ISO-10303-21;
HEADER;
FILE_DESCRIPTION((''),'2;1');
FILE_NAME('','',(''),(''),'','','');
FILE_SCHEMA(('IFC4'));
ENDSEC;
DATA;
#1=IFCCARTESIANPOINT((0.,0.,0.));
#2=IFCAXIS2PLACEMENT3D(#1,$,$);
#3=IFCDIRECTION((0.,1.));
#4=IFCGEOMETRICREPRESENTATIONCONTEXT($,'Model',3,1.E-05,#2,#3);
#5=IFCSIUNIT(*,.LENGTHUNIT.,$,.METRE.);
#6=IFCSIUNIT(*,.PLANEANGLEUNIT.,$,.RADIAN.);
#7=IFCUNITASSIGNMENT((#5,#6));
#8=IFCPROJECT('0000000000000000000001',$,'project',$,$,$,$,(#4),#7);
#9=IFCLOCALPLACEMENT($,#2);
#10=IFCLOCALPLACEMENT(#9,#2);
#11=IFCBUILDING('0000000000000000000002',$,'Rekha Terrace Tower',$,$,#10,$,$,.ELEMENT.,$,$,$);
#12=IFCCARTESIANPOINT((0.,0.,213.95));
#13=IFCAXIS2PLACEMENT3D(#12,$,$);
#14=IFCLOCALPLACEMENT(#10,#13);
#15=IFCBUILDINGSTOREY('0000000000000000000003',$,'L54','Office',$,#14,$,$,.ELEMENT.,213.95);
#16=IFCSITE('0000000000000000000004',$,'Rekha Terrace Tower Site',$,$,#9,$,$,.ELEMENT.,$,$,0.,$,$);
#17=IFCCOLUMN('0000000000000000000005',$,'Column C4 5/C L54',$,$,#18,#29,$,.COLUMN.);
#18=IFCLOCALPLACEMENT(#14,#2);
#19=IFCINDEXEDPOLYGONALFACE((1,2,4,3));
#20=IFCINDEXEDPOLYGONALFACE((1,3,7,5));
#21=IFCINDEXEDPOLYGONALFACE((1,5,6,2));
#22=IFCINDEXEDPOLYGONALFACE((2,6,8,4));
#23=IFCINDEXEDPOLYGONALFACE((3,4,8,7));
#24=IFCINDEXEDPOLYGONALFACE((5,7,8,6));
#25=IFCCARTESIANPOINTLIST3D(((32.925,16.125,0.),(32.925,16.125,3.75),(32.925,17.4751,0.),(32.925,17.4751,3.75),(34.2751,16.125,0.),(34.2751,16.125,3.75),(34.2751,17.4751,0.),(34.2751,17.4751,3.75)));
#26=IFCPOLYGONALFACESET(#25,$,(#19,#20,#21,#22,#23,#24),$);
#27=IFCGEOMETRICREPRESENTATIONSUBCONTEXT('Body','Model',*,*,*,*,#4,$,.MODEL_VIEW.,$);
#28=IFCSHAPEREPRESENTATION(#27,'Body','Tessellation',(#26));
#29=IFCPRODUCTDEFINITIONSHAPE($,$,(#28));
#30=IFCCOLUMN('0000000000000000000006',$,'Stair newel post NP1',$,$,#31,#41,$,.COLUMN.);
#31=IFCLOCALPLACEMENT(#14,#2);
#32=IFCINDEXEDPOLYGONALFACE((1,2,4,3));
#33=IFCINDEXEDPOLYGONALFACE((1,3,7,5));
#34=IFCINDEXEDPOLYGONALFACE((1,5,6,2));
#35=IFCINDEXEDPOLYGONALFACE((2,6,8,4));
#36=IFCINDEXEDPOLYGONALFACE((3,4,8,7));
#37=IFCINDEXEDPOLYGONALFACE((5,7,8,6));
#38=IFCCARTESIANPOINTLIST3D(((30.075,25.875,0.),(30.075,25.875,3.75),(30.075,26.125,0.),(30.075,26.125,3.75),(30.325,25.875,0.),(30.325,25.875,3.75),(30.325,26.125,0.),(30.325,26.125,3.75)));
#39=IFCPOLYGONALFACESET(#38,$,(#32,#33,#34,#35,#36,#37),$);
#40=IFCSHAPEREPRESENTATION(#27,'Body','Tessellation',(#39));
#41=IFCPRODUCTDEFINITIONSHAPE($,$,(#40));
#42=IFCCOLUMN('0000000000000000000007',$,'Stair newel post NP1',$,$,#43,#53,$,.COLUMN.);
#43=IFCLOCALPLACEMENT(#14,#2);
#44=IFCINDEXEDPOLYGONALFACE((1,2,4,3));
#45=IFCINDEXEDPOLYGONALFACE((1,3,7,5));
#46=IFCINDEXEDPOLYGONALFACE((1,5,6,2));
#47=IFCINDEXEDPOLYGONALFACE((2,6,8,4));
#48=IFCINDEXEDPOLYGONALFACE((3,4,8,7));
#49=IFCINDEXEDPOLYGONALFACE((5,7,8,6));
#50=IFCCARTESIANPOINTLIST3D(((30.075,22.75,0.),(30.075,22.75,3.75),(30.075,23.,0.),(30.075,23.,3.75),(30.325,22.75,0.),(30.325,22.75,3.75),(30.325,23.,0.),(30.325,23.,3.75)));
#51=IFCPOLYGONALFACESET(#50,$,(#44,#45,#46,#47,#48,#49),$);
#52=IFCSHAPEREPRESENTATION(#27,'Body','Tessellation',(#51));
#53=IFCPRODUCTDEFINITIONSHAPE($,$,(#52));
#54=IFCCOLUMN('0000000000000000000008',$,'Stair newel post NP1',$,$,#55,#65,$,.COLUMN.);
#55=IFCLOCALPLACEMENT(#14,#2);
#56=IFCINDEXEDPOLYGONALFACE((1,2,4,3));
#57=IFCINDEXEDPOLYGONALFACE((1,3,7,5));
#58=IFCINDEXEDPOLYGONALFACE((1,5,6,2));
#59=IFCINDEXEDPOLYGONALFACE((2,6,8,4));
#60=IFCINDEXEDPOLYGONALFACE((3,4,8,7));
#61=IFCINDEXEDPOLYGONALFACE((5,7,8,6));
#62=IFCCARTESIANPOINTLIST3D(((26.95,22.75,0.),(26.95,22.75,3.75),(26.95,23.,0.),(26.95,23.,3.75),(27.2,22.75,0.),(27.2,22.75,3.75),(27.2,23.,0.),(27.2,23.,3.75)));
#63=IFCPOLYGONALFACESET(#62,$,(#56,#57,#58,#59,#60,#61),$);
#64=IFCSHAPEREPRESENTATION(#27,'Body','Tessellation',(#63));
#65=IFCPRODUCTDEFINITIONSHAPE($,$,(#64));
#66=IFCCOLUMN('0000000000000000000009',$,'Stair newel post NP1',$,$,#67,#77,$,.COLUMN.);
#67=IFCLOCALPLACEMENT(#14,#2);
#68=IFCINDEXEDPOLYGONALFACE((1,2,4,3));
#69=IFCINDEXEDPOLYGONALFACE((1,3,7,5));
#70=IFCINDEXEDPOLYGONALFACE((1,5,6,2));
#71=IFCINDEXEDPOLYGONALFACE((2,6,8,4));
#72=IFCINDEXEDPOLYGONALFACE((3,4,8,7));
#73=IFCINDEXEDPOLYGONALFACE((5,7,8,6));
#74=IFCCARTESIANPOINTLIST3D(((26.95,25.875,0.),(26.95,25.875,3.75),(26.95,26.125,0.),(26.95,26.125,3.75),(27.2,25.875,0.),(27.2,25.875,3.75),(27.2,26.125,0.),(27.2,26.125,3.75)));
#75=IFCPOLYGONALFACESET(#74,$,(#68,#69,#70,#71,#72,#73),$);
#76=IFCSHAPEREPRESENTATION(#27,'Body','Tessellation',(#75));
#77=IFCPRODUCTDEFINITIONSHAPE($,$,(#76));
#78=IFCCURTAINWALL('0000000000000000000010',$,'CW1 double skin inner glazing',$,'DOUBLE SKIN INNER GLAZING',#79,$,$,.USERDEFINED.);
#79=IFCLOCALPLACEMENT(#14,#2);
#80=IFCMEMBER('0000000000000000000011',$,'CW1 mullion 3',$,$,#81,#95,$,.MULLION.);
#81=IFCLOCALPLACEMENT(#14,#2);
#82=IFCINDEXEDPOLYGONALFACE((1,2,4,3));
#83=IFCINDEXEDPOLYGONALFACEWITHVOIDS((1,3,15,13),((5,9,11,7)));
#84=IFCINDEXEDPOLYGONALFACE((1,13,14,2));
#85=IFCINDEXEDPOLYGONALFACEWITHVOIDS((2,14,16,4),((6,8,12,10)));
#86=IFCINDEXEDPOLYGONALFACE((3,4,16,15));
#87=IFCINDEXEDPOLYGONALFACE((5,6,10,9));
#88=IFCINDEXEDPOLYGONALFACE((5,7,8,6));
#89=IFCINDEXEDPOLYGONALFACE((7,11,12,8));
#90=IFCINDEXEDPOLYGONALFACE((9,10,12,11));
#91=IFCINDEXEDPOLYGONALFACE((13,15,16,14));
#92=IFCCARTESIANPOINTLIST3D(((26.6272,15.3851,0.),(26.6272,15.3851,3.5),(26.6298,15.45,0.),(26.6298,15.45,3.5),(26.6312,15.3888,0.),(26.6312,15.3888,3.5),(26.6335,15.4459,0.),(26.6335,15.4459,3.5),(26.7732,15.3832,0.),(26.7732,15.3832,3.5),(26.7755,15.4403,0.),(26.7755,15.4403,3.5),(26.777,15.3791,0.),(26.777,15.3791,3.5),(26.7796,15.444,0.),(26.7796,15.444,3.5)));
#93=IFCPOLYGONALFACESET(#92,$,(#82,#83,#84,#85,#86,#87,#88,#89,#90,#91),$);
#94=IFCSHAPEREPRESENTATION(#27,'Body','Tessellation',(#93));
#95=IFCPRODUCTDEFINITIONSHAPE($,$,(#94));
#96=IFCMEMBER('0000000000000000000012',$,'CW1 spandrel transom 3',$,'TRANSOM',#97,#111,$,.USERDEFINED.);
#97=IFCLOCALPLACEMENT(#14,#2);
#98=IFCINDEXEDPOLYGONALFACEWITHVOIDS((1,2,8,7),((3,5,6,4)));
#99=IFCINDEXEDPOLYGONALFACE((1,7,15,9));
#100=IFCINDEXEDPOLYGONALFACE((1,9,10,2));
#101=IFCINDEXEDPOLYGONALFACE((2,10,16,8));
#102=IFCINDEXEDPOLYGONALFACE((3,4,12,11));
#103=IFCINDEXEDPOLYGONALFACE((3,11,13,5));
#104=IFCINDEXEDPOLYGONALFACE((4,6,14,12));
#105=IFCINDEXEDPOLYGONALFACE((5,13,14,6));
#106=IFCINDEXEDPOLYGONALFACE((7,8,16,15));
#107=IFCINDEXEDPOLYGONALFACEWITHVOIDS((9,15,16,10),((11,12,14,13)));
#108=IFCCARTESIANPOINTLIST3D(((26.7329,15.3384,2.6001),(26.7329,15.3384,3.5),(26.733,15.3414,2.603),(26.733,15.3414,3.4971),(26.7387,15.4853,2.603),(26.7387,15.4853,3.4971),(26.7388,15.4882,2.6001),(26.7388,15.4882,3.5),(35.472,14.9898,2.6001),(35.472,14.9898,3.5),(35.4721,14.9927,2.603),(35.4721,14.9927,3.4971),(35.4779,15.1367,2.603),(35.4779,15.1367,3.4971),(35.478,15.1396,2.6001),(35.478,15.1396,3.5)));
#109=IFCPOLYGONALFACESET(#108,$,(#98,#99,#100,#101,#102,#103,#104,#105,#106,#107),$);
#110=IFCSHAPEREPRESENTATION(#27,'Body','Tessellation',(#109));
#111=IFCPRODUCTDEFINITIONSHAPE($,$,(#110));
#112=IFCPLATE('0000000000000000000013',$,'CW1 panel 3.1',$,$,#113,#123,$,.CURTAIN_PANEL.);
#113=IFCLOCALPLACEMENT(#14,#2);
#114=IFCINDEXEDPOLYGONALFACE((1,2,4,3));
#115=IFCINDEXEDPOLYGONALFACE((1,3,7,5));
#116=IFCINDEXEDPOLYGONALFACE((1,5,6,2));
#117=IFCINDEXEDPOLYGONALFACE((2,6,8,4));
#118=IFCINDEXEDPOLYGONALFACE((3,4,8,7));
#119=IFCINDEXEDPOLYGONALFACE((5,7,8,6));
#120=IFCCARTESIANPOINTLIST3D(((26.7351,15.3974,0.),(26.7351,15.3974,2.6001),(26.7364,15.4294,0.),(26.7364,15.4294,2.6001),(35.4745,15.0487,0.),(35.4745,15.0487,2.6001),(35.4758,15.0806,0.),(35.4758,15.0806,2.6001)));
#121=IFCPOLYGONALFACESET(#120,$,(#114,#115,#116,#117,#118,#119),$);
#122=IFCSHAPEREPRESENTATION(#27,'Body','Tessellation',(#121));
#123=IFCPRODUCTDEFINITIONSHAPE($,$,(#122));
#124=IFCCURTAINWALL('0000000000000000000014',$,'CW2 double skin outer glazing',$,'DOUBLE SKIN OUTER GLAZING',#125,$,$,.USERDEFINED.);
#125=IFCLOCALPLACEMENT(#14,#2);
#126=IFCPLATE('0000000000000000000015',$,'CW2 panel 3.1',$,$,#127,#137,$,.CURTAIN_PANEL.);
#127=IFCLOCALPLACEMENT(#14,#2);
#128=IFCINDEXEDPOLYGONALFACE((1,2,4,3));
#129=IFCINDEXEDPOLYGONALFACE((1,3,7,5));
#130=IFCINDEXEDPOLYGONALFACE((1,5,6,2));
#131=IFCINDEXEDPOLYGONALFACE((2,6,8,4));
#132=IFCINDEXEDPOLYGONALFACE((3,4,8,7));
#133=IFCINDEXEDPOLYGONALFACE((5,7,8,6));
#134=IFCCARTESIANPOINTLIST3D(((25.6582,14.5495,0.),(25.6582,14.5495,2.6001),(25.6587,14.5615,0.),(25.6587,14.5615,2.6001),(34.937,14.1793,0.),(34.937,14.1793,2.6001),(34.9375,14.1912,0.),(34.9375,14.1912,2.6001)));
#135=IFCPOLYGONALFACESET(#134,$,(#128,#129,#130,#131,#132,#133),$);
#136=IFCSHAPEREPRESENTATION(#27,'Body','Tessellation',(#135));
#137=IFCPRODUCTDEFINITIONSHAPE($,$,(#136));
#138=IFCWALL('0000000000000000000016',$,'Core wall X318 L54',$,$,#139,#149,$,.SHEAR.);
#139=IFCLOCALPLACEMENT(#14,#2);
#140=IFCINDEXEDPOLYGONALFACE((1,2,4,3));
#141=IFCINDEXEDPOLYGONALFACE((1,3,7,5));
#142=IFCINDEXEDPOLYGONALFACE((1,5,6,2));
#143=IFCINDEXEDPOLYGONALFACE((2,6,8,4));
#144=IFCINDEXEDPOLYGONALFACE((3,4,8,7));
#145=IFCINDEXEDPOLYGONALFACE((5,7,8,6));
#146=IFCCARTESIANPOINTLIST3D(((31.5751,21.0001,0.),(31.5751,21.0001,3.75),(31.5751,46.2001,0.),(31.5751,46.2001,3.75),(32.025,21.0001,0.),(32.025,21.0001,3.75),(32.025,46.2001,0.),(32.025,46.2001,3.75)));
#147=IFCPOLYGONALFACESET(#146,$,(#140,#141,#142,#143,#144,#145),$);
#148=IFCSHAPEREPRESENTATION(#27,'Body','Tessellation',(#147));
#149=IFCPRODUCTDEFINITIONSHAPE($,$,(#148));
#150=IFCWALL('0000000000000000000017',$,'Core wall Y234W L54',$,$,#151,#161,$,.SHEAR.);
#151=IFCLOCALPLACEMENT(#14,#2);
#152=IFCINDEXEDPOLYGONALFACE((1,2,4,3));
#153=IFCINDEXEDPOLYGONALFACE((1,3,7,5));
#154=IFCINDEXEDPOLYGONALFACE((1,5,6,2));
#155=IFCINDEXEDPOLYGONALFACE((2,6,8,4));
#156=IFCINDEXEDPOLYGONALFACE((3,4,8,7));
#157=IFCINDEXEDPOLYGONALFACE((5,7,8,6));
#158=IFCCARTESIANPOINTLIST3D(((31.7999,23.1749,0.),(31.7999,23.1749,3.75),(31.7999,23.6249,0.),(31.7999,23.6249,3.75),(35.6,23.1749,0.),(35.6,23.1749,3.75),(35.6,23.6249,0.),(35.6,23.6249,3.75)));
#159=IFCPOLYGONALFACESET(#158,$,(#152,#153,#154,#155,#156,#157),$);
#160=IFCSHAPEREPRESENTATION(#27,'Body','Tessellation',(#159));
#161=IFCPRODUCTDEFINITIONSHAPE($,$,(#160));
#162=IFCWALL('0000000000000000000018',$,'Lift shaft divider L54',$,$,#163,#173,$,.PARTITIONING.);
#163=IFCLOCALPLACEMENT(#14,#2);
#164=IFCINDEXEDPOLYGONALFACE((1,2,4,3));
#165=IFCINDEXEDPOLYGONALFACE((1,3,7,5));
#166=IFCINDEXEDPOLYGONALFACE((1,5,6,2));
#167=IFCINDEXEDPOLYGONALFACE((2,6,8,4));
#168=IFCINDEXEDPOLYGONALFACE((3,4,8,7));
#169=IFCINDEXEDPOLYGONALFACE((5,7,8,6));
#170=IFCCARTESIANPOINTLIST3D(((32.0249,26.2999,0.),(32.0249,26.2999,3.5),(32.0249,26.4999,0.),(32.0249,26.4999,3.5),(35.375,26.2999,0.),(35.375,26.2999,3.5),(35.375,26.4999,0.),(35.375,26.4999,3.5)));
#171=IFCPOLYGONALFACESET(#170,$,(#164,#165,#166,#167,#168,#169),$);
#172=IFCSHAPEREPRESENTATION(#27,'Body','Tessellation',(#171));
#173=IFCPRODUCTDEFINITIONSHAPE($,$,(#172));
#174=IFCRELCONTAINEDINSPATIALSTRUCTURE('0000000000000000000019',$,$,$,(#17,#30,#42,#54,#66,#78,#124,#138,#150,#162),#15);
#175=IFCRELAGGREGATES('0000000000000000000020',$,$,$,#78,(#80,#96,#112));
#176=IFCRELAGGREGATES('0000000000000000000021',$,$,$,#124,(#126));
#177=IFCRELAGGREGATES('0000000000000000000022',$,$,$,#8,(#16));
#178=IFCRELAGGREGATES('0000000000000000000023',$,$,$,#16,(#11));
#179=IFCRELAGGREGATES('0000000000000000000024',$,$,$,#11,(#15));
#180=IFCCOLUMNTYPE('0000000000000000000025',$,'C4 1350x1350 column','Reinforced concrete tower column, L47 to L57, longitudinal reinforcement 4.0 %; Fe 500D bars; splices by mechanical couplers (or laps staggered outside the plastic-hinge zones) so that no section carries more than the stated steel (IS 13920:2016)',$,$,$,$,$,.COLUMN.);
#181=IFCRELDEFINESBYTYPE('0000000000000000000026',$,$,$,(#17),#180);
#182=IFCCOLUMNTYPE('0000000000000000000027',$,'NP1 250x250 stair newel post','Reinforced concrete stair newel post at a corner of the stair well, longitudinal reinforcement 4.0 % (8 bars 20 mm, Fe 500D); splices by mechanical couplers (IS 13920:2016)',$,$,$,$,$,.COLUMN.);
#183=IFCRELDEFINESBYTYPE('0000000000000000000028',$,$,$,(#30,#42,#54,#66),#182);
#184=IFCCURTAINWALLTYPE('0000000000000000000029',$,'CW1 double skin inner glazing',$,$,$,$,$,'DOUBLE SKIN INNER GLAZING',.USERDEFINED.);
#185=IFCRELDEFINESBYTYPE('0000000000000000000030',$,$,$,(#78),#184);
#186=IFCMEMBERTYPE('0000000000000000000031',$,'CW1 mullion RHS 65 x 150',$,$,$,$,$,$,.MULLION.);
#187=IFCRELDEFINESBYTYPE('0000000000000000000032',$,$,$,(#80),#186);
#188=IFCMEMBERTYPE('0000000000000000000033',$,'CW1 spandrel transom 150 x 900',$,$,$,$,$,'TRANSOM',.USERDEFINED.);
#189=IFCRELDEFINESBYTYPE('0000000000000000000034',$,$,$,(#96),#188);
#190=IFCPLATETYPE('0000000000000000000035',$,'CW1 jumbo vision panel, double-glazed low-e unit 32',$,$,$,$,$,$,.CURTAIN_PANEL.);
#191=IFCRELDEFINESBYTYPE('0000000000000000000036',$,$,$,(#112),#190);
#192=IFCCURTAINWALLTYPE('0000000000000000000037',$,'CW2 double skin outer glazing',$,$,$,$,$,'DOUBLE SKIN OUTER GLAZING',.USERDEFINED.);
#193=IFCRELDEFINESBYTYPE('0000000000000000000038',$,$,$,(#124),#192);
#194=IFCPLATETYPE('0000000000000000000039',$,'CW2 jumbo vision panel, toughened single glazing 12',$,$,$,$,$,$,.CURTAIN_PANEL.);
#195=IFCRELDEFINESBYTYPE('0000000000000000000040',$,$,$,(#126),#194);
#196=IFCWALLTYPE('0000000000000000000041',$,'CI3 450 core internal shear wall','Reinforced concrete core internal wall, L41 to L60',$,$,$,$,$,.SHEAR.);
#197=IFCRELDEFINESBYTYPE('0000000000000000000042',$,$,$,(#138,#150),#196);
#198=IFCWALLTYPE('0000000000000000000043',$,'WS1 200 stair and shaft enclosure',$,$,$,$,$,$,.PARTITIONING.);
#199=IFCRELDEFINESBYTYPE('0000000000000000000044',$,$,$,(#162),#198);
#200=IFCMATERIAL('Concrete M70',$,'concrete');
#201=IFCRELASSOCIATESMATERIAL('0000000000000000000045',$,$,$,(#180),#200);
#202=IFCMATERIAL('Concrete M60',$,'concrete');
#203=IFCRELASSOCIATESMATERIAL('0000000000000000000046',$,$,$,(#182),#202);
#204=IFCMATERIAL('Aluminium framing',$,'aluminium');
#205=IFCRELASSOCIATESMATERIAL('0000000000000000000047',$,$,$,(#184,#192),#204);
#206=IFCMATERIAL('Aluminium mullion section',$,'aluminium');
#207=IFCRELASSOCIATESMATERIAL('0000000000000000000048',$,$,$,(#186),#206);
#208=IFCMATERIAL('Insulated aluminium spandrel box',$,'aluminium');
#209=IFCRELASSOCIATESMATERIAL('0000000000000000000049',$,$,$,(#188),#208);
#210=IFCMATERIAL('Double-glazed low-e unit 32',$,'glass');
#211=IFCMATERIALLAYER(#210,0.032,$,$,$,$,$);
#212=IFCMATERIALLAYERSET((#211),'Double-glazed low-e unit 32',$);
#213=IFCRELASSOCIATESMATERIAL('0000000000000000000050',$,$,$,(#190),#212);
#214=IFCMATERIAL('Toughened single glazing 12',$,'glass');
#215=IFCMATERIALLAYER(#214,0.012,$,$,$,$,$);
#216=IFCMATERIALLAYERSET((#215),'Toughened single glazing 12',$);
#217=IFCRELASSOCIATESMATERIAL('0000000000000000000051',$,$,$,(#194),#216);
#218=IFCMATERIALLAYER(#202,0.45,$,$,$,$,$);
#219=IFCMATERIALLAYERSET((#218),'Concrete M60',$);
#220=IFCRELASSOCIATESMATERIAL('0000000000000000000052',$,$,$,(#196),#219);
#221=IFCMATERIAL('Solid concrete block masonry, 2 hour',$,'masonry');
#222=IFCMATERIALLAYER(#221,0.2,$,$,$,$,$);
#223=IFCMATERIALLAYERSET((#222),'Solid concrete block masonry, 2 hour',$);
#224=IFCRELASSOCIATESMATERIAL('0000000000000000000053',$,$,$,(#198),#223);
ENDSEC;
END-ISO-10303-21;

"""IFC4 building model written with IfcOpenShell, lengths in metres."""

from ifc_helpers import new_model, si_unit, direction, frame, frame_2d, origin, origin_2d, place, context, subcontext, project, spatial, rectangle, hollow_rectangle, extrude, material, layer, layer_set, material_profile, profile_set, type_object, element, aggregate, save


model = new_model("IFC4")

# Units and contexts
model_context = context("Model", 3, precision=1e-05, world=origin(), true_north=direction((0.0, 1.0)))
body_context = subcontext(model_context, "Body", "Model", "MODEL_VIEW")
ifc_project = project(units=[si_unit("LENGTHUNIT", "METRE"), si_unit("PLANEANGLEUNIT", "RADIAN")], contexts=[model_context])

# Site, building, storey
site_placement = place(None, origin())
site = spatial("IfcSite", under=ifc_project, at=site_placement, Name="Rekha Terrace Tower Site", CompositionType="ELEMENT", RefElevation=0.0)
building_placement = place(site_placement, origin())
building = spatial("IfcBuilding", under=site, at=building_placement, Name="Rekha Terrace Tower", CompositionType="ELEMENT")
storey_placement = place(building_placement, frame((0.0, 0.0, 213.95)))
storey = spatial("IfcBuildingStorey", under=building, at=storey_placement, Name="L54", Description="Office", CompositionType="ELEMENT", Elevation=213.95)

# Columns
ifc_material_1 = material(Name="Concrete M70", Category="concrete")
ifc_material_profile_1 = material_profile(ifc_material_1, rectangle(XDim=1.3501, YDim=1.3501, at=origin_2d()), Name="RC 1350x1350")
ifc_profile_set_1 = profile_set([ifc_material_profile_1], Name="Concrete M70")
column_type_1 = type_object("IfcColumnType", Name="C4 1350x1350 column", Description="Reinforced concrete tower column, L47 to L57, longitudinal reinforcement 4.0 %; Fe 500D bars; splices by mechanical couplers (or laps staggered outside the plastic-hinge zones) so that no section carries more than the stated steel (IS 13920:2016)", PredefinedType="COLUMN", material=ifc_profile_set_1)
column_placement = place(storey_placement, frame((33.6001, 16.8, 0.0), z_axis=(0.0, 0.0, 1.0), x_axis=(1.0, 0.0, 0.0)))
element("IfcColumn", 1, at=column_placement, inside=storey, type_object=column_type_1, Name="Column C4 5/C L54", PredefinedType="COLUMN", context=body_context, shape_type="SweptSolid", body=[
    extrude(rectangle(XDim=1.3501, YDim=1.3501, at=origin_2d()), origin(), (0.0, 0.0, 1.0), 3.75),
])
ifc_material_2 = material(Name="Concrete M60", Category="concrete")
ifc_material_profile_2 = material_profile(ifc_material_2, rectangle(XDim=0.25, YDim=0.25, at=origin_2d()), Name="RC 250x250")
ifc_profile_set_2 = profile_set([ifc_material_profile_2], Name="Concrete M60")
column_type_2 = type_object("IfcColumnType", Name="NP1 250x250 stair newel post", Description="Reinforced concrete stair newel post at a corner of the stair well, longitudinal reinforcement 4.0 % (8 bars 20 mm, Fe 500D); splices by mechanical couplers (IS 13920:2016)", PredefinedType="COLUMN", material=ifc_profile_set_2)
for number, where, z_axis, x_axis, name in (
    (2, (30.2, 26.0, 0.0), (0.0, 0.0, 1.0), (1.0, 0.0, 0.0), "Stair newel post NP1"),
    (3, (30.2, 22.875, 0.0), (0.0, 0.0, 1.0), (1.0, 0.0, 0.0), "Stair newel post NP1"),
    (4, (27.075, 22.875, 0.0), (0.0, 0.0, 1.0), (1.0, 0.0, 0.0), "Stair newel post NP1"),
    (5, (27.075, 26.0, 0.0), (0.0, 0.0, 1.0), (1.0, 0.0, 0.0), "Stair newel post NP1"),
):
    element("IfcColumn", number, at=place(storey_placement, frame(where, z_axis=z_axis, x_axis=x_axis)), inside=storey, type_object=column_type_2, Name=name, PredefinedType="COLUMN", context=body_context, shape_type="SweptSolid", body=[
        extrude(rectangle(XDim=0.25, YDim=0.25, at=origin_2d()), origin(), (0.0, 0.0, 1.0), 3.75),
    ])

# Curtain wall, members, plate
ifc_material_3 = material(Name="Aluminium framing", Category="aluminium")
curtain_wall_type_1 = type_object("IfcCurtainWallType", Name="CW1 double skin inner glazing", ElementType="DOUBLE SKIN INNER GLAZING", PredefinedType="USERDEFINED", material=ifc_material_3)
curtain_wall_1_placement = place(storey_placement, origin())
curtain_wall_1 = element("IfcCurtainWall", 6, at=curtain_wall_1_placement, inside=storey, type_object=curtain_wall_type_1, Name="CW1 double skin inner glazing", ObjectType="DOUBLE SKIN INNER GLAZING", PredefinedType="USERDEFINED")
ifc_material_4 = material(Name="Aluminium mullion section", Category="aluminium")
ifc_material_profile_3 = material_profile(ifc_material_4, hollow_rectangle(XDim=0.0649, YDim=0.1499, WallThickness=0.0039, at=origin_2d()), Name="AL RHS 65x150")
ifc_profile_set_3 = profile_set([ifc_material_profile_3], Name="Aluminium mullion section")
member_type_1 = type_object("IfcMemberType", Name="CW1 mullion RHS 65 x 150", PredefinedType="MULLION", material=ifc_profile_set_3)
member_1_placement = place(storey_placement, frame((26.7034, 15.4146, 0.0), z_axis=(0.0, 0.0, 1.0), x_axis=(0.039872, 0.999205, 0.0)))
member_1 = element("IfcMember", 7, at=member_1_placement, type_object=member_type_1, Name="CW1 mullion 3", PredefinedType="MULLION", context=body_context, shape_type="SweptSolid", body=[
    extrude(hollow_rectangle(XDim=0.0649, YDim=0.1499, WallThickness=0.0039, at=origin_2d()), origin(), (0.0, 0.0, 1.0), 3.5),
])
ifc_material_5 = material(Name="Insulated aluminium spandrel box", Category="aluminium")
ifc_material_profile_4 = material_profile(ifc_material_5, hollow_rectangle(XDim=0.1499, YDim=0.8999, WallThickness=0.0029, at=origin_2d()), Name="AL SPANDREL BOX 150x900")
ifc_profile_set_4 = profile_set([ifc_material_profile_4], Name="Insulated aluminium spandrel box")
member_type_2 = type_object("IfcMemberType", Name="CW1 spandrel transom 150 x 900", ElementType="TRANSOM", PredefinedType="USERDEFINED", material=ifc_profile_set_4)
member_2_placement = place(storey_placement, frame((26.7358, 15.4133, 3.05), z_axis=(0.999205, -0.039861, 0.0), x_axis=(0.039861, 0.999205, 0.0)))
member_2 = element("IfcMember", 8, at=member_2_placement, type_object=member_type_2, Name="CW1 spandrel transom 3", ObjectType="TRANSOM", PredefinedType="USERDEFINED", context=body_context, shape_type="SweptSolid", body=[
    extrude(hollow_rectangle(XDim=0.1499, YDim=0.8999, WallThickness=0.0029, at=origin_2d()), origin(), (0.0, 0.0, 1.0), 8.7461),
])
ifc_material_6 = material(Name="Double-glazed low-e unit 32", Category="glass")
ifc_layer_1 = layer(ifc_material_6, 0.032)
ifc_layer_set_1 = layer_set([ifc_layer_1], Name="Double-glazed low-e unit 32")
plate_type_1 = type_object("IfcPlateType", Name="CW1 jumbo vision panel, double-glazed low-e unit 32", PredefinedType="CURTAIN_PANEL", material=ifc_layer_set_1)
plate_1_placement = place(storey_placement, frame((31.1055, 15.239, 0.0), z_axis=(0.0, 0.0, 1.0), x_axis=(0.999205, -0.039872, 0.0)))
plate_1 = element("IfcPlate", 9, at=plate_1_placement, type_object=plate_type_1, Name="CW1 panel 3.1", PredefinedType="CURTAIN_PANEL", context=body_context, shape_type="SweptSolid", body=[
    extrude(rectangle(XDim=8.7463, YDim=0.032, at=origin_2d()), origin(), (0.0, 0.0, 1.0), 2.6001),
])
aggregate(curtain_wall_1, [member_1, member_2, plate_1])

# Curtain wall, plate
curtain_wall_type_2 = type_object("IfcCurtainWallType", Name="CW2 double skin outer glazing", ElementType="DOUBLE SKIN OUTER GLAZING", PredefinedType="USERDEFINED", material=ifc_material_3)
curtain_wall_2_placement = place(storey_placement, origin())
curtain_wall_2 = element("IfcCurtainWall", 10, at=curtain_wall_2_placement, inside=storey, type_object=curtain_wall_type_2, Name="CW2 double skin outer glazing", ObjectType="DOUBLE SKIN OUTER GLAZING", PredefinedType="USERDEFINED")
ifc_material_7 = material(Name="Toughened single glazing 12", Category="glass")
ifc_layer_2 = layer(ifc_material_7, 0.012)
ifc_layer_set_2 = layer_set([ifc_layer_2], Name="Toughened single glazing 12")
plate_type_2 = type_object("IfcPlateType", Name="CW2 jumbo vision panel, toughened single glazing 12", PredefinedType="CURTAIN_PANEL", material=ifc_layer_set_2)
plate_2_placement = place(storey_placement, frame((30.2979, 14.3704, 0.0), z_axis=(0.0, 0.0, 1.0), x_axis=(0.999205, -0.039872, 0.0)))
plate_2 = element("IfcPlate", 11, at=plate_2_placement, type_object=plate_type_2, Name="CW2 panel 3.1", PredefinedType="CURTAIN_PANEL", context=body_context, shape_type="SweptSolid", body=[
    extrude(rectangle(XDim=9.2861, YDim=0.012, at=origin_2d()), origin(), (0.0, 0.0, 1.0), 2.6001),
])
aggregate(curtain_wall_2, [plate_2])

# Walls
ifc_layer_3 = layer(ifc_material_2, 0.45)
ifc_layer_set_3 = layer_set([ifc_layer_3], Name="Concrete M60")
wall_type_1 = type_object("IfcWallType", Name="CI3 450 core internal shear wall", Description="Reinforced concrete core internal wall, L41 to L60", PredefinedType="SHEAR", material=ifc_layer_set_3)
wall_1_placement = place(storey_placement, frame((31.8, 21.0, 0.0), z_axis=(0.0, 0.0, 1.0), x_axis=(0.0, 1.0, 0.0)))
element("IfcWall", 12, at=wall_1_placement, inside=storey, type_object=wall_type_1, Name="Core wall X318 L54", PredefinedType="SHEAR", context=body_context, shape_type="SweptSolid", body=[
    extrude(rectangle(XDim=25.2, YDim=0.45, at=frame_2d((12.6001, 0.0))), origin(), (0.0, 0.0, 1.0), 3.75),
])
wall_2_placement = place(storey_placement, frame((31.8, 23.3999, 0.0), z_axis=(0.0, 0.0, 1.0), x_axis=(1.0, 0.0, 0.0)))
element("IfcWall", 13, at=wall_2_placement, inside=storey, type_object=wall_type_1, Name="Core wall Y234W L54", PredefinedType="SHEAR", context=body_context, shape_type="SweptSolid", body=[
    extrude(rectangle(XDim=3.8, YDim=0.45, at=frame_2d((1.8999, 0.0))), origin(), (0.0, 0.0, 1.0), 3.75),
])
ifc_material_8 = material(Name="Solid concrete block masonry, 2 hour", Category="masonry")
ifc_layer_4 = layer(ifc_material_8, 0.2)
ifc_layer_set_4 = layer_set([ifc_layer_4], Name="Solid concrete block masonry, 2 hour")
wall_type_2 = type_object("IfcWallType", Name="WS1 200 stair and shaft enclosure", PredefinedType="PARTITIONING", material=ifc_layer_set_4)
wall_3_placement = place(storey_placement, frame((32.0249, 26.3999, 0.0), z_axis=(0.0, 0.0, 1.0), x_axis=(1.0, 0.0, 0.0)))
element("IfcWall", 14, at=wall_3_placement, inside=storey, type_object=wall_type_2, Name="Lift shaft divider L54", PredefinedType="PARTITIONING", context=body_context, shape_type="SweptSolid", body=[
    extrude(rectangle(XDim=3.3501, YDim=0.2, at=frame_2d((1.675, 0.0))), origin(), (0.0, 0.0, 1.0), 3.5),
])

save(model, "model.ifc")
